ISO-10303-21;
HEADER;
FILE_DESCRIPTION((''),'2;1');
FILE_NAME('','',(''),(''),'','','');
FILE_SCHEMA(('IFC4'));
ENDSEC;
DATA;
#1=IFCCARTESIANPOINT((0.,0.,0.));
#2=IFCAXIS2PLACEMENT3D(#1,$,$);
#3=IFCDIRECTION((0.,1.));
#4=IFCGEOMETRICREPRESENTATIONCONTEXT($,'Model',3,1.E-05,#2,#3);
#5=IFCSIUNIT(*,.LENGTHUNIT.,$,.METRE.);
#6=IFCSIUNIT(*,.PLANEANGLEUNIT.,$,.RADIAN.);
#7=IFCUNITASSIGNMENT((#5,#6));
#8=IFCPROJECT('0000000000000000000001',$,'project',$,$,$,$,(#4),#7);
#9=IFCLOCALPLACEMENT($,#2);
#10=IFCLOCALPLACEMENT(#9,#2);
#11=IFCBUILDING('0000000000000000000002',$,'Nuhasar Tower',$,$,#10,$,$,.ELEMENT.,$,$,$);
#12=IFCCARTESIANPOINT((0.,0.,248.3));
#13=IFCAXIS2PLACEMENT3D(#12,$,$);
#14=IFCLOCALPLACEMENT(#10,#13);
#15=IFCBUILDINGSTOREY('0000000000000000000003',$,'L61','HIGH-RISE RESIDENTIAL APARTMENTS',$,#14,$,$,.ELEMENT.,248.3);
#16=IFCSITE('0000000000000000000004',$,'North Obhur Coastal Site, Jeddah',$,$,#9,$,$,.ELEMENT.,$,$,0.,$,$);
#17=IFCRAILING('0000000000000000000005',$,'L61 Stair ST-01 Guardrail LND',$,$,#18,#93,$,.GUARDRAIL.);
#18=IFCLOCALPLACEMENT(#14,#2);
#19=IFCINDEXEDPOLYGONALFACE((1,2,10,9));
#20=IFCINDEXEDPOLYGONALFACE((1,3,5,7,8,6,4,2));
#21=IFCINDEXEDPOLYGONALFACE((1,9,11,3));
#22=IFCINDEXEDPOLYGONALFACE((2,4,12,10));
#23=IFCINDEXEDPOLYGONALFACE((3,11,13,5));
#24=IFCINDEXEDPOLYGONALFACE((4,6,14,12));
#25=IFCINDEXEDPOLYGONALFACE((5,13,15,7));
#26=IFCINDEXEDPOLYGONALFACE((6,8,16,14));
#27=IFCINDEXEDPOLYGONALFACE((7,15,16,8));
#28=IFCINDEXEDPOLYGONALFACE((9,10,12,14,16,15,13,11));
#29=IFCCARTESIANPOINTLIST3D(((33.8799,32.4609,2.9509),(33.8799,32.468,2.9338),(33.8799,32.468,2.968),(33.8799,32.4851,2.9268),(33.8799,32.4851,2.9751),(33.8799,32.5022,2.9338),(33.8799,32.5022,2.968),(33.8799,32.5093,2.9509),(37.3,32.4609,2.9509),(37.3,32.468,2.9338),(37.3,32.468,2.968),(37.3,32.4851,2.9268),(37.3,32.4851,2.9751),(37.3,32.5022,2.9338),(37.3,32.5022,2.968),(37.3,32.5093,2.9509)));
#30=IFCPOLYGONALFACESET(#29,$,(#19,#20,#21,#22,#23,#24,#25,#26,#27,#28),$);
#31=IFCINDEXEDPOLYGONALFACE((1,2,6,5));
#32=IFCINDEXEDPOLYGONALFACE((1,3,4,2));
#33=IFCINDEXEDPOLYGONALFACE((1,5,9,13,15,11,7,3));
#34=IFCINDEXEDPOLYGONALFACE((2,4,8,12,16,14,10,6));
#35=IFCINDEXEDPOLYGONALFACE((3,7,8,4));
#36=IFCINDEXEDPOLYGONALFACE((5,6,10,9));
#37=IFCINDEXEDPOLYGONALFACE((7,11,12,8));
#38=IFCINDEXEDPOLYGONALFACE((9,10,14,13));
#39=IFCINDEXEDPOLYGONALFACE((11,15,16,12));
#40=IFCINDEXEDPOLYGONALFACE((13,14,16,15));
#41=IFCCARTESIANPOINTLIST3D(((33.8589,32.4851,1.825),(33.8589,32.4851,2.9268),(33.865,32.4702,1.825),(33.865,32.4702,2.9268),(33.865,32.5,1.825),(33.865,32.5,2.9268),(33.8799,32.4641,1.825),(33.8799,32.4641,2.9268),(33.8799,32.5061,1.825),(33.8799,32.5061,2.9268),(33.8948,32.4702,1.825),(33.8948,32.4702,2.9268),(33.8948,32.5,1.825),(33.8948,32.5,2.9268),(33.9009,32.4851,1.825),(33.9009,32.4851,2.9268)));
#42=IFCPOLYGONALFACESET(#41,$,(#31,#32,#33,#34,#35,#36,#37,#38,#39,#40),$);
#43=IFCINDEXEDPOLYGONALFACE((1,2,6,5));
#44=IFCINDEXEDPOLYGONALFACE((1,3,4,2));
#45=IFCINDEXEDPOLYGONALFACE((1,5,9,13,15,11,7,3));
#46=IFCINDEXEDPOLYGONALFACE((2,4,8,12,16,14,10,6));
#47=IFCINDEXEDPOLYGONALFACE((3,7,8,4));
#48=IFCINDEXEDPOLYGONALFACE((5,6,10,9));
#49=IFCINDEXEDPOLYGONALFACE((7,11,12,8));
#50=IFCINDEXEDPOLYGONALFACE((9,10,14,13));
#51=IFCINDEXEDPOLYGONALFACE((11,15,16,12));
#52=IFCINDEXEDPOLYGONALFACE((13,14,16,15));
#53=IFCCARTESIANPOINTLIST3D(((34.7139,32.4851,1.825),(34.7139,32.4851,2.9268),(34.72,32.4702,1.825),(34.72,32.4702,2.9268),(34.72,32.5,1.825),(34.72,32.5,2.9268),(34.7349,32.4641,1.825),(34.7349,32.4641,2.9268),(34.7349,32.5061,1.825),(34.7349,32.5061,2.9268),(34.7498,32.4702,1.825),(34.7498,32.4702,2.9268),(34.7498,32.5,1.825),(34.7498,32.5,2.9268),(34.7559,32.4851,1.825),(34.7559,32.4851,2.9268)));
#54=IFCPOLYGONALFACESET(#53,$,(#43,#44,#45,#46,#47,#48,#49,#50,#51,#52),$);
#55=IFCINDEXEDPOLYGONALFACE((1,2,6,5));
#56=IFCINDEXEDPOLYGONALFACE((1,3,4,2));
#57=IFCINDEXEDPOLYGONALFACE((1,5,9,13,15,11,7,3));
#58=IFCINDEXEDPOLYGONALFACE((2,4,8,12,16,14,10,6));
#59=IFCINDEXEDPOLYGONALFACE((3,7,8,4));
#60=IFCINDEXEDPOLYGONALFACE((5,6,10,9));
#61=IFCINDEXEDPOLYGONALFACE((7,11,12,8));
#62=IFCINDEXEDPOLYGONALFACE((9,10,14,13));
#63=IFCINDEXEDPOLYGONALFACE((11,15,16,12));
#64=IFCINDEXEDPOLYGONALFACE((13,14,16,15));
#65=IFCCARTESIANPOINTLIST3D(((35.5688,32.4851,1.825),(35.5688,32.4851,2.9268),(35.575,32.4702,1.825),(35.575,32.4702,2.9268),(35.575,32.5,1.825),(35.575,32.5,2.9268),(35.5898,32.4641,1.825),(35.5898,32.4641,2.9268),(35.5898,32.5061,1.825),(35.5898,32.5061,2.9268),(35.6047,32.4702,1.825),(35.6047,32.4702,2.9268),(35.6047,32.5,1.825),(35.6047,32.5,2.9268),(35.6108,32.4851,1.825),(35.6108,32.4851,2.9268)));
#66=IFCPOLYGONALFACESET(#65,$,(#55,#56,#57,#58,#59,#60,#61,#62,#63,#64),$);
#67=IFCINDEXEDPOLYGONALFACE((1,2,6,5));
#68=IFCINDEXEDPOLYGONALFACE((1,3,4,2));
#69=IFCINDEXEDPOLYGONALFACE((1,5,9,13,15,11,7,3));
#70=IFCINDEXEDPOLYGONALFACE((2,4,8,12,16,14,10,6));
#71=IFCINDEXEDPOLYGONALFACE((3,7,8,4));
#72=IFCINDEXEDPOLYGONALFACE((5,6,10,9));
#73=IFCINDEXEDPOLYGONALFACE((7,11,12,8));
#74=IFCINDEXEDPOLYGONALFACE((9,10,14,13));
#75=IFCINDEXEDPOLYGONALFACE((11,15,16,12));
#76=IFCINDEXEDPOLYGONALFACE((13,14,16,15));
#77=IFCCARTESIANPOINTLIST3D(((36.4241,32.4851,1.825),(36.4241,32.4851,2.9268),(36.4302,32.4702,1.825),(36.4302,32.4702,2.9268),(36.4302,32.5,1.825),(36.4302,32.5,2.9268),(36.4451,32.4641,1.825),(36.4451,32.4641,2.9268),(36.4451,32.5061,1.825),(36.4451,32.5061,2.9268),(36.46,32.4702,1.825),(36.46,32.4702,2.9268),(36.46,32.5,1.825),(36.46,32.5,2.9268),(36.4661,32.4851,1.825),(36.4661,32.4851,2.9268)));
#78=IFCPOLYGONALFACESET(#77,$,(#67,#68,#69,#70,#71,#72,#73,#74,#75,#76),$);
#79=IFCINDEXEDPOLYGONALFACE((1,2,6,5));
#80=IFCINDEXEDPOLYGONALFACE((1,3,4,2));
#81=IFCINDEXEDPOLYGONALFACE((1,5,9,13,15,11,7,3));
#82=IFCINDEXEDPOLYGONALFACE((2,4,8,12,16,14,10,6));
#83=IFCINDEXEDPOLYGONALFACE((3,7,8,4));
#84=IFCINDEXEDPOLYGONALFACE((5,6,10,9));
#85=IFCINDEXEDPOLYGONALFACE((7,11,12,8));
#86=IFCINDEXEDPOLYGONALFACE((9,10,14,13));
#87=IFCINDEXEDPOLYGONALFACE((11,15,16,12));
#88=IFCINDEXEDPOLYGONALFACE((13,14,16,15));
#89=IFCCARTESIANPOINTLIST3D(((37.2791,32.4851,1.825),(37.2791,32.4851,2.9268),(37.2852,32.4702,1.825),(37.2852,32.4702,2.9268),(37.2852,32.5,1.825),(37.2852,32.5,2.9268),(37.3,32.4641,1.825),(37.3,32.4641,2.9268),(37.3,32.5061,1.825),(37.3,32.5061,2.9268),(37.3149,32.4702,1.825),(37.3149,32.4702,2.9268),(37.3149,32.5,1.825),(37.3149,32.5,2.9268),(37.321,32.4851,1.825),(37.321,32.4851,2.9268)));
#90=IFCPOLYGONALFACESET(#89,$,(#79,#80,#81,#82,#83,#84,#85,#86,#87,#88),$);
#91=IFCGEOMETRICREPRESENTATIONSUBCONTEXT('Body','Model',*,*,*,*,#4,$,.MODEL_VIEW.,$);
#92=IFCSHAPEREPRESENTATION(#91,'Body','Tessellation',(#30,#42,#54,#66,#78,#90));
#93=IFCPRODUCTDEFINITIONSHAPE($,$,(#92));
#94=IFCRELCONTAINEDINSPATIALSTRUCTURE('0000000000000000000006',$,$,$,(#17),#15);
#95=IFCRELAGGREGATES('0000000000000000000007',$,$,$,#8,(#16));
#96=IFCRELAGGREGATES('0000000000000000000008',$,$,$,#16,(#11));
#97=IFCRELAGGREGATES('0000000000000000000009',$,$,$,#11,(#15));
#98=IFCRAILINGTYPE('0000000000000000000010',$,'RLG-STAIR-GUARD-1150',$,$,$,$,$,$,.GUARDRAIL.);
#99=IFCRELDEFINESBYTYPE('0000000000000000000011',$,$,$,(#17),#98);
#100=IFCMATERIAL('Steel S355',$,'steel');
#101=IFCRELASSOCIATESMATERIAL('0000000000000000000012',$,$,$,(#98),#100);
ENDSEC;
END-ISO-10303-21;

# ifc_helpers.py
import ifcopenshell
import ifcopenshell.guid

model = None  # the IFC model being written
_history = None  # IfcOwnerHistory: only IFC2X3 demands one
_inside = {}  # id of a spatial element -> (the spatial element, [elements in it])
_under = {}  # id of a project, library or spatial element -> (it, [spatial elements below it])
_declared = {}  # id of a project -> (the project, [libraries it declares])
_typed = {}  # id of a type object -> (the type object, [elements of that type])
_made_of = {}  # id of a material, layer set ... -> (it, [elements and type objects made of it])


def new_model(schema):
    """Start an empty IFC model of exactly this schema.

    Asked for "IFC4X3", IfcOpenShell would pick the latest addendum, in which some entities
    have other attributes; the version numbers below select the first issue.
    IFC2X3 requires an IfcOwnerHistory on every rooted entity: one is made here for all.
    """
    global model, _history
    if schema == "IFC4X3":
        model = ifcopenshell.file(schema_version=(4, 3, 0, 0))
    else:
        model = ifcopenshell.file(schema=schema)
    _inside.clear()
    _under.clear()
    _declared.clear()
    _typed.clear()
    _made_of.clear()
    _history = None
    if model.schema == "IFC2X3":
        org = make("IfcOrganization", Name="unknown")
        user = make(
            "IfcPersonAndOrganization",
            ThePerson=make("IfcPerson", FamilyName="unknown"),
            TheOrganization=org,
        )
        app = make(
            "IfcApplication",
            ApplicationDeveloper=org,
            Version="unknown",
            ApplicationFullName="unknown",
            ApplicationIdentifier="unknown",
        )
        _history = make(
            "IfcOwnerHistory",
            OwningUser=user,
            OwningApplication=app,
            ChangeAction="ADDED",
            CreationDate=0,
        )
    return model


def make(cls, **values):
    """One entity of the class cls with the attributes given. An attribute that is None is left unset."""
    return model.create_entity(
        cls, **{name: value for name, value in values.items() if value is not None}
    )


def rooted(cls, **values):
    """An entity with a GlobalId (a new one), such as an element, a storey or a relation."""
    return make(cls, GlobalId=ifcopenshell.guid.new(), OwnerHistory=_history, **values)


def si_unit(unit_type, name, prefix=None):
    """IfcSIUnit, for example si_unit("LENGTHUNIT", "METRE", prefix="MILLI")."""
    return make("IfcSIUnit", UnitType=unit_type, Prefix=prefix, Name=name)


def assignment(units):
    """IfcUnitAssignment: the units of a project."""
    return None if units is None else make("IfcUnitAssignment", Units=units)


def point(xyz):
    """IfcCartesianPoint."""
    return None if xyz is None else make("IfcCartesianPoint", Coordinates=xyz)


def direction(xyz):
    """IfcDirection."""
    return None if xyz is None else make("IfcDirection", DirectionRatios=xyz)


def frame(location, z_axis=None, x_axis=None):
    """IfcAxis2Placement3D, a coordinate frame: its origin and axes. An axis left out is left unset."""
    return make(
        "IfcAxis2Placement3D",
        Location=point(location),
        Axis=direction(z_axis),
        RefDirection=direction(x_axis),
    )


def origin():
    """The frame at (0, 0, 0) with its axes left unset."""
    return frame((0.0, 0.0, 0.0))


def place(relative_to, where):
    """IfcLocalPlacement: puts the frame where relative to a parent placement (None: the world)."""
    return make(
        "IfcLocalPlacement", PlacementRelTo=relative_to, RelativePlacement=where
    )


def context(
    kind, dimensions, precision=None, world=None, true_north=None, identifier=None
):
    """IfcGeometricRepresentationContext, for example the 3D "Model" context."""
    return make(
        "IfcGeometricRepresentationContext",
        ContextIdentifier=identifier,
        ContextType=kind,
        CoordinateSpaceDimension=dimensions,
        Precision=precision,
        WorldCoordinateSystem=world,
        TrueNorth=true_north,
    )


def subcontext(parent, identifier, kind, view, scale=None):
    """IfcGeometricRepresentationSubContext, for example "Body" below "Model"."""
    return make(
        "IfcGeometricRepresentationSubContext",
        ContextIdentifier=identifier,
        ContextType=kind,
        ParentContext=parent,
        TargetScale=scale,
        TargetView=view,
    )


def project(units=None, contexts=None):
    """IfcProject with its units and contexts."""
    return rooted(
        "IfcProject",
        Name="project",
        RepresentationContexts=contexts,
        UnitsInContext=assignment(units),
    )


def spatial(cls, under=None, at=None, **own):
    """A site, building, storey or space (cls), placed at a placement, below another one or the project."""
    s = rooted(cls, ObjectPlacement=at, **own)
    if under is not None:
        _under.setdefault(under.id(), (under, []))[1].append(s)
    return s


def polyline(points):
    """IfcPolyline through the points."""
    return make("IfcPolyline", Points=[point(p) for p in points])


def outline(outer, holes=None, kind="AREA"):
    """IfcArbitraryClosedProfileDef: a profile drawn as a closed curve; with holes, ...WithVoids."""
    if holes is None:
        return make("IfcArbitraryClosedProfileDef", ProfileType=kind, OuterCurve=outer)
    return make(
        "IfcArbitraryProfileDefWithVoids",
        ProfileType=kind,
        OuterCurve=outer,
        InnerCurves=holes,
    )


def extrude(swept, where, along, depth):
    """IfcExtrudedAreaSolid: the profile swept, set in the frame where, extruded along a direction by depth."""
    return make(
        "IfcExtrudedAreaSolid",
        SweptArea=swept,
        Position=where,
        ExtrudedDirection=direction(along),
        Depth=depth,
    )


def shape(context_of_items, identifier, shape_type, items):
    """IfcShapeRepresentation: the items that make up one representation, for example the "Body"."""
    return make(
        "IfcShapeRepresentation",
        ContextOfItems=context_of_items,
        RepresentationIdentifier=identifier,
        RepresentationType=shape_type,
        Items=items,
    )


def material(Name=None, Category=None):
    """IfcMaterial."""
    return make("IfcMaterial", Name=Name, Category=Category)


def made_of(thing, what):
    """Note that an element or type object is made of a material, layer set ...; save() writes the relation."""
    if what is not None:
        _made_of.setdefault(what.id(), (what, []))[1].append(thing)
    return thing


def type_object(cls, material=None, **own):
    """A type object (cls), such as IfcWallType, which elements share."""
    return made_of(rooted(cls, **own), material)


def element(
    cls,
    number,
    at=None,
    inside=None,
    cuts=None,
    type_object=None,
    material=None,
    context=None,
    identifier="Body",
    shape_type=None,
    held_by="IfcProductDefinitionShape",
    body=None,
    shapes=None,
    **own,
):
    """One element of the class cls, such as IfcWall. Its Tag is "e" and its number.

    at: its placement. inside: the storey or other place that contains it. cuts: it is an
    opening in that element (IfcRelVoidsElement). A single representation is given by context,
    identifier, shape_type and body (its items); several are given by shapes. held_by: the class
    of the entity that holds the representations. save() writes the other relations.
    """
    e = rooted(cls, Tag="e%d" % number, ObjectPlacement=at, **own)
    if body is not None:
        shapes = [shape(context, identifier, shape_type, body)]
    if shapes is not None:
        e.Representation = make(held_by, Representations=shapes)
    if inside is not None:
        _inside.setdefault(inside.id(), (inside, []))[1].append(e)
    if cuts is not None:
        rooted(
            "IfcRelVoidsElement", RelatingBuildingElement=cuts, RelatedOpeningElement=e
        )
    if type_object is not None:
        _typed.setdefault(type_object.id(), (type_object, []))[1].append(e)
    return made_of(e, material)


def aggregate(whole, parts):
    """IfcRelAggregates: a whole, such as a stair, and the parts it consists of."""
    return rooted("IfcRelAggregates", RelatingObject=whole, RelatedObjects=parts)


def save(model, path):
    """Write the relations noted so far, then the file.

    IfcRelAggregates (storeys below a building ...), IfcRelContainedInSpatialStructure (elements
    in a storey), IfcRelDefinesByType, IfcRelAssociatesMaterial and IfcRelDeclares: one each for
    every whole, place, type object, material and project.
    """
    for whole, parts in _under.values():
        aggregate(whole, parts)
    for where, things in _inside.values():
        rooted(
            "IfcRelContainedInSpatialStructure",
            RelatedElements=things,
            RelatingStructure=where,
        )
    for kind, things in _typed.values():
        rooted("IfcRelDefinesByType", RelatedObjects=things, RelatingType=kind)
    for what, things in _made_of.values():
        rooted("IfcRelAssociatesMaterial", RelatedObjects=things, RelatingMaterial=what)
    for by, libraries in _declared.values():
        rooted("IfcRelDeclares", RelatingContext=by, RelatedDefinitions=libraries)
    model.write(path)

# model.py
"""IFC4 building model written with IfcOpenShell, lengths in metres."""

from ifc_helpers import new_model, si_unit, direction, frame, origin, place, context, subcontext, project, spatial, polyline, outline, extrude, material, type_object, element, save


model = new_model("IFC4")

# Units and contexts
model_context = context("Model", 3, precision=1e-05, world=origin(), true_north=direction((0.0, 1.0)))
body_context = subcontext(model_context, "Body", "Model", "MODEL_VIEW")
ifc_project = project(units=[si_unit("LENGTHUNIT", "METRE"), si_unit("PLANEANGLEUNIT", "RADIAN")], contexts=[model_context])

# Site, building, storey
site_placement = place(None, origin())
site = spatial("IfcSite", under=ifc_project, at=site_placement, Name="North Obhur Coastal Site, Jeddah", CompositionType="ELEMENT", RefElevation=0.0)
building_placement = place(site_placement, origin())
building = spatial("IfcBuilding", under=site, at=building_placement, Name="Nuhasar Tower", CompositionType="ELEMENT")
storey_placement = place(building_placement, frame((0.0, 0.0, 248.3)))
storey = spatial("IfcBuildingStorey", under=building, at=storey_placement, Name="L61", Description="HIGH-RISE RESIDENTIAL APARTMENTS", CompositionType="ELEMENT", Elevation=248.3)

# Shared definitions
ifc_material_1 = material(Name="Steel S355", Category="steel")

# Railing
railing_type_1 = type_object("IfcRailingType", Name="RLG-STAIR-GUARD-1150", PredefinedType="GUARDRAIL", material=ifc_material_1)
railing_1_placement = place(storey_placement, frame((33.8799, 32.4851, 1.825)))
element("IfcRailing", 1, at=railing_1_placement, inside=storey, type_object=railing_type_1, Name="L61 Stair ST-01 Guardrail LND", PredefinedType="GUARDRAIL", context=body_context, shape_type="SweptSolid", body=[
    extrude(outline(polyline([(0.0242, 0.0), (0.0171, 0.0171), (0.0, 0.0242), (-0.0171, 0.0171), (-0.0242, 0.0), (-0.0171, -0.0171), (0.0, -0.0242), (0.0171, -0.0171), (0.0242, 0.0)])), frame((0.0, 0.0, 1.126), z_axis=(1.0, 0.0, 0.0), x_axis=(0.0, 1.0, 0.0)), (0.0, 0.0, 1.0), 3.4202),
    extrude(outline(polyline([(0.021, 0.0), (0.0149, 0.0149), (0.0, 0.021), (-0.0149, 0.0149), (-0.021, 0.0), (-0.0149, -0.0149), (0.0, -0.021), (0.0149, -0.0149), (0.021, 0.0)])), origin(), (0.0, 0.0, 1.0), 1.1018),
    extrude(outline(polyline([(0.021, 0.0), (0.0149, 0.0149), (0.0, 0.021), (-0.0149, 0.0149), (-0.021, 0.0), (-0.0149, -0.0149), (0.0, -0.021), (0.0149, -0.0149), (0.021, 0.0)])), frame((0.855, 0.0, 0.0)), (0.0, 0.0, 1.0), 1.1018),
    extrude(outline(polyline([(0.021, 0.0), (0.0149, 0.0149), (0.0, 0.021), (-0.0149, 0.0149), (-0.021, 0.0), (-0.0149, -0.0149), (0.0, -0.021), (0.0149, -0.0149), (0.021, 0.0)])), frame((1.71, 0.0, 0.0)), (0.0, 0.0, 1.0), 1.1018),
    extrude(outline(polyline([(0.021, 0.0), (0.0149, 0.0149), (0.0, 0.021), (-0.0149, 0.0149), (-0.021, 0.0), (-0.0149, -0.0149), (0.0, -0.021), (0.0149, -0.0149), (0.021, 0.0)])), frame((2.5652, 0.0, 0.0)), (0.0, 0.0, 1.0), 1.1018),
    extrude(outline(polyline([(0.021, 0.0), (0.0149, 0.0149), (0.0, 0.021), (-0.0149, 0.0149), (-0.021, 0.0), (-0.0149, -0.0149), (0.0, -0.021), (0.0149, -0.0149), (0.021, 0.0)])), frame((3.4202, 0.0, 0.0)), (0.0, 0.0, 1.0), 1.1018),
])

save(model, "model.ifc")
